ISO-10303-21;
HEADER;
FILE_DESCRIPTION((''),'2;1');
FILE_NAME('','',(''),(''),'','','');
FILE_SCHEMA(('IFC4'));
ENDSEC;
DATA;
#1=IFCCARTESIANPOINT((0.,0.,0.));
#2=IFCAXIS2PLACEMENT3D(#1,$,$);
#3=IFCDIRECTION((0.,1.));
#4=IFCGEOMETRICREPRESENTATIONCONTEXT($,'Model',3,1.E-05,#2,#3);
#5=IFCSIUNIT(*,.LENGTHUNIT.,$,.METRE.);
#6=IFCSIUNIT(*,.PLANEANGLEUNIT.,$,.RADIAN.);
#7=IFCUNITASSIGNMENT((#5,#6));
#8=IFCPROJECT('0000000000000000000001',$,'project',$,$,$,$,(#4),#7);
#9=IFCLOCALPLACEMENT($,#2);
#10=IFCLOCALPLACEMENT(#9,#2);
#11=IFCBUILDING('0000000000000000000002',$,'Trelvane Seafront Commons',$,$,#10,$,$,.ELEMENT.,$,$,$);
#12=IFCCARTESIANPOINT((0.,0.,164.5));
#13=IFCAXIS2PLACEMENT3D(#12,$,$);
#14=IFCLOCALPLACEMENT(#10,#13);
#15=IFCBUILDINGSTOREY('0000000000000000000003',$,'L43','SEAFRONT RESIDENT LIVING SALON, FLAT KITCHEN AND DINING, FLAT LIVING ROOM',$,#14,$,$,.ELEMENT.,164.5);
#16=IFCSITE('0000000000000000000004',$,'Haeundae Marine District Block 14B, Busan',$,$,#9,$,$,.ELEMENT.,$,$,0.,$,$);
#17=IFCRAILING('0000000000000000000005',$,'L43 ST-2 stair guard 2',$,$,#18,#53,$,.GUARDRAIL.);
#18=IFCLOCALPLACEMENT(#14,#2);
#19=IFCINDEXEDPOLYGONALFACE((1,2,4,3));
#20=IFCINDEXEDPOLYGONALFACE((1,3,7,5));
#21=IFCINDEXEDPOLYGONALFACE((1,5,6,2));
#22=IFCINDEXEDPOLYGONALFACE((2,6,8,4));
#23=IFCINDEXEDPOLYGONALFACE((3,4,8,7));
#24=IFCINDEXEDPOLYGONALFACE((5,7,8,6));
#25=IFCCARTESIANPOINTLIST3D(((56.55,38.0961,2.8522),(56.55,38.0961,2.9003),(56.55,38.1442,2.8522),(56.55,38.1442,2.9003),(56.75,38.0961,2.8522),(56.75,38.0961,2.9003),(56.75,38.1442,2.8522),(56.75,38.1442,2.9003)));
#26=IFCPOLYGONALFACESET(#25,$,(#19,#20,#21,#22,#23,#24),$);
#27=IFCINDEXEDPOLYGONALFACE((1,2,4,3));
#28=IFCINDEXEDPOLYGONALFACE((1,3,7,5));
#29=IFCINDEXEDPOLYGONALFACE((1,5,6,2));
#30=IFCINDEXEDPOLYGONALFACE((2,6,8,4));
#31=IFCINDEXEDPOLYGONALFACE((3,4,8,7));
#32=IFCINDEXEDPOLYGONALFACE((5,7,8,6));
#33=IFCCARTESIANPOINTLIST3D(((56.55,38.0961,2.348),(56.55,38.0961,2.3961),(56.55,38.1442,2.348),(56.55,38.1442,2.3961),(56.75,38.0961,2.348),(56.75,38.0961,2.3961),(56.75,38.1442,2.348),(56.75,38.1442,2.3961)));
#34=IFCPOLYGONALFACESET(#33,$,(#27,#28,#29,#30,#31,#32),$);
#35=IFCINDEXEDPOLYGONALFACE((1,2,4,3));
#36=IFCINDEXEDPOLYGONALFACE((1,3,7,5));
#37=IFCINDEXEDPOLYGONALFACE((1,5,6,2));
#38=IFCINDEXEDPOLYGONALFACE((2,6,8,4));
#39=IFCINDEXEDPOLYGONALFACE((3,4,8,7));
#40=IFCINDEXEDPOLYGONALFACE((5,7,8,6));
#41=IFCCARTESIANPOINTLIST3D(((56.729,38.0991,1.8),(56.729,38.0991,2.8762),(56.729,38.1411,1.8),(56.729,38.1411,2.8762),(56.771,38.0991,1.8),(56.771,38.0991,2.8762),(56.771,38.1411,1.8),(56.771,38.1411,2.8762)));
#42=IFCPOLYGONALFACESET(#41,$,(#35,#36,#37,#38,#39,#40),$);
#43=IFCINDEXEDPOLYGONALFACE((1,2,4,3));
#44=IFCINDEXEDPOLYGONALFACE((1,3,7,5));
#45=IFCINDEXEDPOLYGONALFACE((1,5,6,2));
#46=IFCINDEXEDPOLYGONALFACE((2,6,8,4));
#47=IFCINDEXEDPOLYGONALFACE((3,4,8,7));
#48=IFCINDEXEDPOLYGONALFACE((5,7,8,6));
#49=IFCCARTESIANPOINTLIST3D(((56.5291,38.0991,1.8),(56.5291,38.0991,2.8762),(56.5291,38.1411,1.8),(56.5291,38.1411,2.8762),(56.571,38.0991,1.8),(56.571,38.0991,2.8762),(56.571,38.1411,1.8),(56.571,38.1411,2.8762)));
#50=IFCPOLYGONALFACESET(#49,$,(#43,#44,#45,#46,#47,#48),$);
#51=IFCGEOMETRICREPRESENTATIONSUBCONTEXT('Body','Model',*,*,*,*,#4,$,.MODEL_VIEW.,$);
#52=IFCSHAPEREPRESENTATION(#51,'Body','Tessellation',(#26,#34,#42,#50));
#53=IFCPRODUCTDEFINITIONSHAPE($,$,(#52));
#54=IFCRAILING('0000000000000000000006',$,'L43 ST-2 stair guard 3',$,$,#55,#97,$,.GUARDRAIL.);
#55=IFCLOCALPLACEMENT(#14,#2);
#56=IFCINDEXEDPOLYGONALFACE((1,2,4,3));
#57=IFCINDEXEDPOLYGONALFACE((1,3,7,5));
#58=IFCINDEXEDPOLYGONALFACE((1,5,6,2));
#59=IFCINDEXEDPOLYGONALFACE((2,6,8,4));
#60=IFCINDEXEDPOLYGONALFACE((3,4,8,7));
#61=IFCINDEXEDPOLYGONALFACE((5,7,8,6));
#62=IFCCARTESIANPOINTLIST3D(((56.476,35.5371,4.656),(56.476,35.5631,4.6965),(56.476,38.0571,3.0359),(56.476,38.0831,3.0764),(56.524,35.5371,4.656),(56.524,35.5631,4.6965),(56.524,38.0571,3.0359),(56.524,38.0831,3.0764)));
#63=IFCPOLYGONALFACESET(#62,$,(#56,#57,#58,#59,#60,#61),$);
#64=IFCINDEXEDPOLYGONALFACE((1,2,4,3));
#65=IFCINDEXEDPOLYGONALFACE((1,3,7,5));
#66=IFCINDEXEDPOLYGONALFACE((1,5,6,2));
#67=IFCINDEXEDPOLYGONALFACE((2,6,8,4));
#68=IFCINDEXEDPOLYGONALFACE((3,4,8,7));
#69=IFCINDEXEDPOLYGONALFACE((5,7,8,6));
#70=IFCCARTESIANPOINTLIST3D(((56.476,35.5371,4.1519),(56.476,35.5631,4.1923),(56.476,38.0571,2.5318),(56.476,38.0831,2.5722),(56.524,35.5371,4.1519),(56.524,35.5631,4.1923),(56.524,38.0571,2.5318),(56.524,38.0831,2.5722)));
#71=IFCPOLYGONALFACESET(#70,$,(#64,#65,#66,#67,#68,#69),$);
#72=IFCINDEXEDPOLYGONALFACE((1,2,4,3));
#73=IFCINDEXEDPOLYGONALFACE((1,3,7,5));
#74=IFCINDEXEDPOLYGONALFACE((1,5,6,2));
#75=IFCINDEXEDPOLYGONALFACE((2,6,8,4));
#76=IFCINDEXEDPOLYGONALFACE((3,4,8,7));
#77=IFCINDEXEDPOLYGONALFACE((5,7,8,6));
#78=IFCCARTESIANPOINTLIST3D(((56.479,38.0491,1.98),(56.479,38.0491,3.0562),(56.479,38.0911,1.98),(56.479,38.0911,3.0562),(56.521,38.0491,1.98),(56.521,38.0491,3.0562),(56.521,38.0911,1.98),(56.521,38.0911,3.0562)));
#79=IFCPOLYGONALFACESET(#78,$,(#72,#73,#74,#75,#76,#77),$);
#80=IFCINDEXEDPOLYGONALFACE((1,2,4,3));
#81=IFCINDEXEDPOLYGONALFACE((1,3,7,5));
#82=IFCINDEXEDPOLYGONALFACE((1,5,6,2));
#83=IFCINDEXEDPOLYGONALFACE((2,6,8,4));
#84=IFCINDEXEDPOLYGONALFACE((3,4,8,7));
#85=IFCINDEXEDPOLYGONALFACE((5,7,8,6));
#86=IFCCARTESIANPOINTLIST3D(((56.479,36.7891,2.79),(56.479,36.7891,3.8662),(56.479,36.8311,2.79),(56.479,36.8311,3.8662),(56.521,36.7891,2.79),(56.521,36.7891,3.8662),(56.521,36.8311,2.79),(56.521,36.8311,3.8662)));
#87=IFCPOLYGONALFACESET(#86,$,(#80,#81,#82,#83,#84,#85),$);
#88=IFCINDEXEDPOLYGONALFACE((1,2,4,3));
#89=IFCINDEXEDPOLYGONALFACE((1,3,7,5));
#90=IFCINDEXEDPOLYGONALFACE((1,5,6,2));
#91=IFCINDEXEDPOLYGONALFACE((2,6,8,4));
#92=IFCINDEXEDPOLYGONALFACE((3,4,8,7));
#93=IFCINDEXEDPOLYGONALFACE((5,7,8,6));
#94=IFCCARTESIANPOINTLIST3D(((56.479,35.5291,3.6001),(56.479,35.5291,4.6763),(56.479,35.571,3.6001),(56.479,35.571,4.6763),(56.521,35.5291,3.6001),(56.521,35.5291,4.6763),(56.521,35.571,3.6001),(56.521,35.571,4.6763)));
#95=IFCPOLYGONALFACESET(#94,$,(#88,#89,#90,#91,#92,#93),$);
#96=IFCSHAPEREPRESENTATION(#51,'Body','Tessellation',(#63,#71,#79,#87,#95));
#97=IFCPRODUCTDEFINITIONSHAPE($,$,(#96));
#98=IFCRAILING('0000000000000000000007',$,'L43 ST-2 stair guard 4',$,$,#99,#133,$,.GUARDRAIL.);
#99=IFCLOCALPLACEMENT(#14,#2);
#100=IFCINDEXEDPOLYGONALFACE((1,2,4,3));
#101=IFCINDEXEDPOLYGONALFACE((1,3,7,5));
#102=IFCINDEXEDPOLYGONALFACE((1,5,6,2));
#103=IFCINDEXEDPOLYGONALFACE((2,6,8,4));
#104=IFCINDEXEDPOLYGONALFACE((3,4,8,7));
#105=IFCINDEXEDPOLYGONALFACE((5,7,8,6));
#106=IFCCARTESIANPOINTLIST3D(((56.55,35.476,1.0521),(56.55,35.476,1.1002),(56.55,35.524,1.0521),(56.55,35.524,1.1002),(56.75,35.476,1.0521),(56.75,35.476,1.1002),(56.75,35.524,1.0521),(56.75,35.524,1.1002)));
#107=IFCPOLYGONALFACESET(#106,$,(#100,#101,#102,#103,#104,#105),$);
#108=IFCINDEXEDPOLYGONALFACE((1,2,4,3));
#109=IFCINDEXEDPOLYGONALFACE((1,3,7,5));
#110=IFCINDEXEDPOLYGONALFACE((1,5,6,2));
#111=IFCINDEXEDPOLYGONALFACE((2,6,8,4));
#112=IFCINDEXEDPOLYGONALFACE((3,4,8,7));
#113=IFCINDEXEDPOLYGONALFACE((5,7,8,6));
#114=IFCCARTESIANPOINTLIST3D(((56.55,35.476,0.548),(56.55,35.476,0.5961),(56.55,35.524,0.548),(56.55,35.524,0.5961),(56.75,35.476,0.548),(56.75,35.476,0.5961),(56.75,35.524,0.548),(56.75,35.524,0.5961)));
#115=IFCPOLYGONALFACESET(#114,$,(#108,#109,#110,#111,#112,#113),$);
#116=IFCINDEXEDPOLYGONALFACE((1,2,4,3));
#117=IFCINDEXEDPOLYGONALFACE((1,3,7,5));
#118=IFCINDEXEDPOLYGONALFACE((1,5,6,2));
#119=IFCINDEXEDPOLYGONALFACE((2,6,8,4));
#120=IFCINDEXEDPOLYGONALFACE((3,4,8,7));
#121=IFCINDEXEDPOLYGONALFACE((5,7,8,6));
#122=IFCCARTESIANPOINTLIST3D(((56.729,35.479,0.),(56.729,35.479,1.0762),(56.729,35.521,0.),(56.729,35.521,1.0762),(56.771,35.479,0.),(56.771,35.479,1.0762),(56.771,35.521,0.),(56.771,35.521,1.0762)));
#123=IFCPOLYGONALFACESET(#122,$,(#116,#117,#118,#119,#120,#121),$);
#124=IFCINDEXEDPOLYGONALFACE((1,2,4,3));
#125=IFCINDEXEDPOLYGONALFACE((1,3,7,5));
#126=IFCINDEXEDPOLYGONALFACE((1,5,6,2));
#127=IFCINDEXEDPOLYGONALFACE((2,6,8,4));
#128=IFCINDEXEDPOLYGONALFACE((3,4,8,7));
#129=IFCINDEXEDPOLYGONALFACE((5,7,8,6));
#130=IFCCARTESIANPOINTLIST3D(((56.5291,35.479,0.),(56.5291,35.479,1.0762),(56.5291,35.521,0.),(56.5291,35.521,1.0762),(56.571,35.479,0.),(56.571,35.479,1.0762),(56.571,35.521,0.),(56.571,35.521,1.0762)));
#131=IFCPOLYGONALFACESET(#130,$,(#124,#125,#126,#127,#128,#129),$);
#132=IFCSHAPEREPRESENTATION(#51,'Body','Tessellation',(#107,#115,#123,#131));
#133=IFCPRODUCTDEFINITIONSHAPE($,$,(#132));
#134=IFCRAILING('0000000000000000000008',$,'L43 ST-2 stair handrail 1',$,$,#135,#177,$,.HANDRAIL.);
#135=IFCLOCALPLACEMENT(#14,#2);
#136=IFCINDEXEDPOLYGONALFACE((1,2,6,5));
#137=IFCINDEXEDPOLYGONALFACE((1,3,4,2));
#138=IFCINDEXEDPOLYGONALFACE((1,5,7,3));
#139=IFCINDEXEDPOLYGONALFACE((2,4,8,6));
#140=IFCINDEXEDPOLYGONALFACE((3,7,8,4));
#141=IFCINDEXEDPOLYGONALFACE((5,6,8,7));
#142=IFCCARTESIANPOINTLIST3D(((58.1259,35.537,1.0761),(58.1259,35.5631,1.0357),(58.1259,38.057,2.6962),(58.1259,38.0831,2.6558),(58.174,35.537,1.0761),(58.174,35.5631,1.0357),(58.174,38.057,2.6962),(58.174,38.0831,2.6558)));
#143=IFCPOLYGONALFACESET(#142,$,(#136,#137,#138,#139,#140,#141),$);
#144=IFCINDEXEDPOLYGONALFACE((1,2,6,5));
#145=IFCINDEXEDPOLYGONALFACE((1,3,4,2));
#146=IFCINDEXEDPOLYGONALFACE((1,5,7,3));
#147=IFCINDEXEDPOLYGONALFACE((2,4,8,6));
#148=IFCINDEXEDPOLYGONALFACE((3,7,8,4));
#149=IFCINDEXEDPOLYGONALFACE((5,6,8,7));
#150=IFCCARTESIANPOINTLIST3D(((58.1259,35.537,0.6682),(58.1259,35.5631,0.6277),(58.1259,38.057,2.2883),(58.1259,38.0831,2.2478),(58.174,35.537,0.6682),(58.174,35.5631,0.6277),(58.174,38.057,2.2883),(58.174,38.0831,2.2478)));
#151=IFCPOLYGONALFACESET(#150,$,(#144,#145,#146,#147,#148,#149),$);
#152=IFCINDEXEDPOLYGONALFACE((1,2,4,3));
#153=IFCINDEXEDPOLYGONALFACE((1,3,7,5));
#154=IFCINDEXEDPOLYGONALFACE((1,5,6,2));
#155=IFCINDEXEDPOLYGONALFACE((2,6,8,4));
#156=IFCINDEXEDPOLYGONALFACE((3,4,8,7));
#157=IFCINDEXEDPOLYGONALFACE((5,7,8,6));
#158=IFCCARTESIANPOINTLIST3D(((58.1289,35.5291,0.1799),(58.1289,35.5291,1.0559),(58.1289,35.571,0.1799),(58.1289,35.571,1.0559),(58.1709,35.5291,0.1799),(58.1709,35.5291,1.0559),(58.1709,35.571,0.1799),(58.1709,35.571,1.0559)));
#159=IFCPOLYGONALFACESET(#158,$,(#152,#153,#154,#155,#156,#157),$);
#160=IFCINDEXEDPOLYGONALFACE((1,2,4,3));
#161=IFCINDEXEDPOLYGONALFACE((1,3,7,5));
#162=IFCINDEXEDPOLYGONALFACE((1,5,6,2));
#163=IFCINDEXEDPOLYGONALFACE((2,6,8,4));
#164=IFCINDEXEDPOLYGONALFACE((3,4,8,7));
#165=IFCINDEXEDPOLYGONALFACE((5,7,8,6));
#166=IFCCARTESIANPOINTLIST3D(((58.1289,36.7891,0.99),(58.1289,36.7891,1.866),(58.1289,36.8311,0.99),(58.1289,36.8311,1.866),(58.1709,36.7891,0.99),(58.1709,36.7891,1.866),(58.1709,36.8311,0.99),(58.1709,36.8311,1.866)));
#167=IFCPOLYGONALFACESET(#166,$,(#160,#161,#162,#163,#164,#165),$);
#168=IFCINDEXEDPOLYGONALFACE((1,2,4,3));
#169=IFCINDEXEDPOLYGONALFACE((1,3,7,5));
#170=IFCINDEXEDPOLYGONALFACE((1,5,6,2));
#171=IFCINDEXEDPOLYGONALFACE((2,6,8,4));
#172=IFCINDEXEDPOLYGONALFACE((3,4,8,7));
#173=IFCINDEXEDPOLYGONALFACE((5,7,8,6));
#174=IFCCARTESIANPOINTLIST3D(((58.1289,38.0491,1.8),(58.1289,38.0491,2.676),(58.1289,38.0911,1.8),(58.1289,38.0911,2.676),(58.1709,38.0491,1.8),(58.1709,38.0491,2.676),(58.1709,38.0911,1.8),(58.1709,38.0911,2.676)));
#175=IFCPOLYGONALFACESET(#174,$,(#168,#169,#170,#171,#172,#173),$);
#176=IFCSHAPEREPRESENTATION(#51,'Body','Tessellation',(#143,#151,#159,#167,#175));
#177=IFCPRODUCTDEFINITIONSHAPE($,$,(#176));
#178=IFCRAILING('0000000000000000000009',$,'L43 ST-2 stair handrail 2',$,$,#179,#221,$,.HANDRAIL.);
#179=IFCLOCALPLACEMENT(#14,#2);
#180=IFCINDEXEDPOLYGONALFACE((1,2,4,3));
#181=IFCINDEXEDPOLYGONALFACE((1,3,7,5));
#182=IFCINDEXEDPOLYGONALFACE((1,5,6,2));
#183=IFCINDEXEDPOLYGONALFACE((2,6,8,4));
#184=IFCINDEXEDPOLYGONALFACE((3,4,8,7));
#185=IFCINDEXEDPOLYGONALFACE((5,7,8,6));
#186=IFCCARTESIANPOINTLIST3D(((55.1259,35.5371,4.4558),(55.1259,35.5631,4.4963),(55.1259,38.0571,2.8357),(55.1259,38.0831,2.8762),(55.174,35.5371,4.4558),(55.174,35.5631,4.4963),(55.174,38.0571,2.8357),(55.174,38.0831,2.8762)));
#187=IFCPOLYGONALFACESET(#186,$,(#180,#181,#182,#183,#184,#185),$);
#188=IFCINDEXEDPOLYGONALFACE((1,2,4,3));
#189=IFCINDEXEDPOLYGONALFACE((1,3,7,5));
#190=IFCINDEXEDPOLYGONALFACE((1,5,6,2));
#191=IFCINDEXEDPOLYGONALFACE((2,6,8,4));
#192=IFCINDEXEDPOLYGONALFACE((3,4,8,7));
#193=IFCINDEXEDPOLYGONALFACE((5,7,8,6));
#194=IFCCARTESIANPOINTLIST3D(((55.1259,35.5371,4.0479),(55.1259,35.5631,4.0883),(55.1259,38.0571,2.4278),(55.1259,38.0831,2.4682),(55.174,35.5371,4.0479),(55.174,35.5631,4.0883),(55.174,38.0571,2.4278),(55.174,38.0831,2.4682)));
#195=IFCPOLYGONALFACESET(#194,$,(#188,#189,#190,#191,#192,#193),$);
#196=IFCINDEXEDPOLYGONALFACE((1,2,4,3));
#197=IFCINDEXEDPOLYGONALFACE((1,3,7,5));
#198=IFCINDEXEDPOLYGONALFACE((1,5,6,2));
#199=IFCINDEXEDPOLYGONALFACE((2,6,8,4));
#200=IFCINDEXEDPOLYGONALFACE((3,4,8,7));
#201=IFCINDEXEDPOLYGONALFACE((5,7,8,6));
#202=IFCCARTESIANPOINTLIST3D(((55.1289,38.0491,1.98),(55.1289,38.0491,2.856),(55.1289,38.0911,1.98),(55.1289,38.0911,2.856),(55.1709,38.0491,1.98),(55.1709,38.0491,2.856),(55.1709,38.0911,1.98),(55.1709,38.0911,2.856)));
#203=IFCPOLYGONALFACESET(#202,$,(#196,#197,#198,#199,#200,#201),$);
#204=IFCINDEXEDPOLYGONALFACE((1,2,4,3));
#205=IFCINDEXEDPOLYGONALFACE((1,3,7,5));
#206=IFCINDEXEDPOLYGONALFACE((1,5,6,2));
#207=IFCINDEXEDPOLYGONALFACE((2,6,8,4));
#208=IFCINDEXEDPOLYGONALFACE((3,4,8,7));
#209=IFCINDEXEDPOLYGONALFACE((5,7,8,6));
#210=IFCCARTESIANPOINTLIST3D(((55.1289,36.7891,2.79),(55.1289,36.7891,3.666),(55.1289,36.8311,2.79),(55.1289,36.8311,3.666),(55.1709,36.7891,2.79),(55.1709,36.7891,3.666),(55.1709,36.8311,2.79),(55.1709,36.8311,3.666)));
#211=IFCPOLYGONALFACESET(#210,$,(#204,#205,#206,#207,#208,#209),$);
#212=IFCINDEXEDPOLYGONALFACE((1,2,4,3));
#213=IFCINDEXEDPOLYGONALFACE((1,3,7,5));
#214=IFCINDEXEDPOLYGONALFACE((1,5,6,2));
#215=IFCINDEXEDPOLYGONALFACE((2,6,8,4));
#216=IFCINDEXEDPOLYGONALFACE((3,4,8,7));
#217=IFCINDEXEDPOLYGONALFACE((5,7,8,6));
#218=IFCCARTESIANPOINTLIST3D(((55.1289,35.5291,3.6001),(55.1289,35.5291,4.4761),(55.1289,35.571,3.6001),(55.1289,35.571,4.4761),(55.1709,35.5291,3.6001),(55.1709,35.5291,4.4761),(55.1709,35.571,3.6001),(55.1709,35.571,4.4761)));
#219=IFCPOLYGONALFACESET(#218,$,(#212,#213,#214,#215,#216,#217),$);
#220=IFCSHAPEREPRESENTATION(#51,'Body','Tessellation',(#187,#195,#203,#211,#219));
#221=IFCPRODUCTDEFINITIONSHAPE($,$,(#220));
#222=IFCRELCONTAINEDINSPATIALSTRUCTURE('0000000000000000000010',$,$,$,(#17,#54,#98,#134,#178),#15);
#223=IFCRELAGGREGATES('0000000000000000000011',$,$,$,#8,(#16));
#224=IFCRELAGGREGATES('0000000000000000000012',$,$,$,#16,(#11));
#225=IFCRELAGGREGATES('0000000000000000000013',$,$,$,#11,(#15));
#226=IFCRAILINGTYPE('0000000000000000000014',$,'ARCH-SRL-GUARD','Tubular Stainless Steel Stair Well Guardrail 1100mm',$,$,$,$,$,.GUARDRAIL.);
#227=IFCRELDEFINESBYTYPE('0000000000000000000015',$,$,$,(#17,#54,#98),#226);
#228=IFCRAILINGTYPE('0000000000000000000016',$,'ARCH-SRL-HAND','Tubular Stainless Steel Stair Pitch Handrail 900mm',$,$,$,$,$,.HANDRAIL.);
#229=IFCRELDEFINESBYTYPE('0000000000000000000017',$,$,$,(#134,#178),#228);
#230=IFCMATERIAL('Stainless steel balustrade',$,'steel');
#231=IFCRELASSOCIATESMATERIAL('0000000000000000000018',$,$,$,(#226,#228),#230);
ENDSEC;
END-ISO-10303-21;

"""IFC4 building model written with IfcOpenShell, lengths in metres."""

from ifc_helpers import new_model, si_unit, direction, frame, origin, origin_2d, place, context, subcontext, project, spatial, rectangle, extrude, material, type_object, element, save


model = new_model("IFC4")

# Units and contexts
model_context = context("Model", 3, precision=1e-05, world=origin(), true_north=direction((0.0, 1.0)))
body_context = subcontext(model_context, "Body", "Model", "MODEL_VIEW")
ifc_project = project(units=[si_unit("LENGTHUNIT", "METRE"), si_unit("PLANEANGLEUNIT", "RADIAN")], contexts=[model_context])

# Site, building, storey
site_placement = place(None, origin())
site = spatial("IfcSite", under=ifc_project, at=site_placement, Name="Haeundae Marine District Block 14B, Busan", CompositionType="ELEMENT", RefElevation=0.0)
building_placement = place(site_placement, origin())
building = spatial("IfcBuilding", under=site, at=building_placement, Name="Trelvane Seafront Commons", CompositionType="ELEMENT")
storey_placement = place(building_placement, frame((0.0, 0.0, 164.5)))
storey = spatial("IfcBuildingStorey", under=building, at=storey_placement, Name="L43", Description="SEAFRONT RESIDENT LIVING SALON, FLAT KITCHEN AND DINING, FLAT LIVING ROOM", CompositionType="ELEMENT", Elevation=164.5)

# Railings
ifc_material_1 = material(Name="Stainless steel balustrade", Category="steel")
railing_type_1 = type_object("IfcRailingType", Name="ARCH-SRL-GUARD", Description="Tubular Stainless Steel Stair Well Guardrail 1100mm", PredefinedType="GUARDRAIL", material=ifc_material_1)
railing_1_placement = place(storey_placement, frame((56.75, 38.1201, 1.8)))
element("IfcRailing", 1, at=railing_1_placement, inside=storey, type_object=railing_type_1, Name="L43 ST-2 stair guard 2", PredefinedType="GUARDRAIL", context=body_context, shape_type="SweptSolid", body=[
    extrude(rectangle(XDim=0.0481, YDim=0.0481, at=origin_2d()), frame((0.0, 0.0, 1.0762), z_axis=(-1.0, 0.0, 0.0), x_axis=(0.0, -1.0, 0.0)), (0.0, 0.0, 1.0), 0.2),
    extrude(rectangle(XDim=0.0481, YDim=0.0481, at=origin_2d()), frame((0.0, 0.0, 0.572), z_axis=(-1.0, 0.0, 0.0), x_axis=(0.0, -1.0, 0.0)), (0.0, 0.0, 1.0), 0.2),
    extrude(rectangle(XDim=0.042, YDim=0.042, at=origin_2d()), origin(), (0.0, 0.0, 1.0), 1.0762),
    extrude(rectangle(XDim=0.042, YDim=0.042, at=origin_2d()), frame((-0.2, 0.0, 0.0)), (0.0, 0.0, 1.0), 1.0762),
])
railing_2_placement = place(storey_placement, frame((56.5, 38.0701, 1.98)))
element("IfcRailing", 2, at=railing_2_placement, inside=storey, type_object=railing_type_1, Name="L43 ST-2 stair guard 3", PredefinedType="GUARDRAIL", context=body_context, shape_type="SweptSolid", body=[
    extrude(rectangle(XDim=0.0481, YDim=0.0481, at=origin_2d()), frame((0.0, 0.0, 1.0762), z_axis=(0.0, -0.841163, 0.540782), x_axis=(1.0, 0.0, 0.0)), (0.0, 0.0, 1.0), 2.9958),
    extrude(rectangle(XDim=0.0481, YDim=0.0481, at=origin_2d()), frame((0.0, 0.0, 0.572), z_axis=(0.0, -0.841163, 0.540782), x_axis=(1.0, 0.0, 0.0)), (0.0, 0.0, 1.0), 2.9958),
    extrude(rectangle(XDim=0.042, YDim=0.042, at=origin_2d()), origin(), (0.0, 0.0, 1.0), 1.0762),
    extrude(rectangle(XDim=0.042, YDim=0.042, at=origin_2d()), frame((0.0, -1.26, 0.8101)), (0.0, 0.0, 1.0), 1.0762),
    extrude(rectangle(XDim=0.042, YDim=0.042, at=origin_2d()), frame((0.0, -2.52, 1.6201)), (0.0, 0.0, 1.0), 1.0762),
])
railing_3_placement = place(storey_placement, frame((56.75, 35.5, 0.0)))
element("IfcRailing", 3, at=railing_3_placement, inside=storey, type_object=railing_type_1, Name="L43 ST-2 stair guard 4", PredefinedType="GUARDRAIL", context=body_context, shape_type="SweptSolid", body=[
    extrude(rectangle(XDim=0.0481, YDim=0.0481, at=origin_2d()), frame((0.0, 0.0, 1.0762), z_axis=(-1.0, 0.0, 0.0), x_axis=(0.0, -1.0, 0.0)), (0.0, 0.0, 1.0), 0.2),
    extrude(rectangle(XDim=0.0481, YDim=0.0481, at=origin_2d()), frame((0.0, 0.0, 0.572), z_axis=(-1.0, 0.0, 0.0), x_axis=(0.0, -1.0, 0.0)), (0.0, 0.0, 1.0), 0.2),
    extrude(rectangle(XDim=0.042, YDim=0.042, at=origin_2d()), origin(), (0.0, 0.0, 1.0), 1.0762),
    extrude(rectangle(XDim=0.042, YDim=0.042, at=origin_2d()), frame((-0.2, 0.0, 0.0)), (0.0, 0.0, 1.0), 1.0762),
])
railing_type_2 = type_object("IfcRailingType", Name="ARCH-SRL-HAND", Description="Tubular Stainless Steel Stair Pitch Handrail 900mm", PredefinedType="HANDRAIL", material=ifc_material_1)
railing_4_placement = place(storey_placement, frame((58.1499, 35.55, 0.1799)))
element("IfcRailing", 4, at=railing_4_placement, inside=storey, type_object=railing_type_2, Name="L43 ST-2 stair handrail 1", PredefinedType="HANDRAIL", context=body_context, shape_type="SweptSolid", body=[
    extrude(rectangle(XDim=0.0481, YDim=0.0481, at=origin_2d()), frame((0.0, 0.0, 0.876), z_axis=(0.0, 0.841163, 0.540782), x_axis=(-1.0, 0.0, 0.0)), (0.0, 0.0, 1.0), 2.9958),
    extrude(rectangle(XDim=0.0481, YDim=0.0481, at=origin_2d()), frame((0.0, 0.0, 0.468), z_axis=(0.0, 0.841163, 0.540782), x_axis=(-1.0, 0.0, 0.0)), (0.0, 0.0, 1.0), 2.9958),
    extrude(rectangle(XDim=0.042, YDim=0.042, at=origin_2d()), origin(), (0.0, 0.0, 1.0), 0.876),
    extrude(rectangle(XDim=0.042, YDim=0.042, at=origin_2d()), frame((0.0, 1.26, 0.8101)), (0.0, 0.0, 1.0), 0.876),
    extrude(rectangle(XDim=0.042, YDim=0.042, at=origin_2d()), frame((0.0, 2.52, 1.6201)), (0.0, 0.0, 1.0), 0.876),
])
railing_5_placement = place(storey_placement, frame((55.1499, 38.0701, 1.98)))
element("IfcRailing", 5, at=railing_5_placement, inside=storey, type_object=railing_type_2, Name="L43 ST-2 stair handrail 2", PredefinedType="HANDRAIL", context=body_context, shape_type="SweptSolid", body=[
    extrude(rectangle(XDim=0.0481, YDim=0.0481, at=origin_2d()), frame((0.0, 0.0, 0.876), z_axis=(0.0, -0.841163, 0.540782), x_axis=(1.0, 0.0, 0.0)), (0.0, 0.0, 1.0), 2.9958),
    extrude(rectangle(XDim=0.0481, YDim=0.0481, at=origin_2d()), frame((0.0, 0.0, 0.468), z_axis=(0.0, -0.841163, 0.540782), x_axis=(1.0, 0.0, 0.0)), (0.0, 0.0, 1.0), 2.9958),
    extrude(rectangle(XDim=0.042, YDim=0.042, at=origin_2d()), origin(), (0.0, 0.0, 1.0), 0.876),
    extrude(rectangle(XDim=0.042, YDim=0.042, at=origin_2d()), frame((0.0, -1.26, 0.8101)), (0.0, 0.0, 1.0), 0.876),
    extrude(rectangle(XDim=0.042, YDim=0.042, at=origin_2d()), frame((0.0, -2.52, 1.6201)), (0.0, 0.0, 1.0), 0.876),
])

save(model, "model.ifc")
